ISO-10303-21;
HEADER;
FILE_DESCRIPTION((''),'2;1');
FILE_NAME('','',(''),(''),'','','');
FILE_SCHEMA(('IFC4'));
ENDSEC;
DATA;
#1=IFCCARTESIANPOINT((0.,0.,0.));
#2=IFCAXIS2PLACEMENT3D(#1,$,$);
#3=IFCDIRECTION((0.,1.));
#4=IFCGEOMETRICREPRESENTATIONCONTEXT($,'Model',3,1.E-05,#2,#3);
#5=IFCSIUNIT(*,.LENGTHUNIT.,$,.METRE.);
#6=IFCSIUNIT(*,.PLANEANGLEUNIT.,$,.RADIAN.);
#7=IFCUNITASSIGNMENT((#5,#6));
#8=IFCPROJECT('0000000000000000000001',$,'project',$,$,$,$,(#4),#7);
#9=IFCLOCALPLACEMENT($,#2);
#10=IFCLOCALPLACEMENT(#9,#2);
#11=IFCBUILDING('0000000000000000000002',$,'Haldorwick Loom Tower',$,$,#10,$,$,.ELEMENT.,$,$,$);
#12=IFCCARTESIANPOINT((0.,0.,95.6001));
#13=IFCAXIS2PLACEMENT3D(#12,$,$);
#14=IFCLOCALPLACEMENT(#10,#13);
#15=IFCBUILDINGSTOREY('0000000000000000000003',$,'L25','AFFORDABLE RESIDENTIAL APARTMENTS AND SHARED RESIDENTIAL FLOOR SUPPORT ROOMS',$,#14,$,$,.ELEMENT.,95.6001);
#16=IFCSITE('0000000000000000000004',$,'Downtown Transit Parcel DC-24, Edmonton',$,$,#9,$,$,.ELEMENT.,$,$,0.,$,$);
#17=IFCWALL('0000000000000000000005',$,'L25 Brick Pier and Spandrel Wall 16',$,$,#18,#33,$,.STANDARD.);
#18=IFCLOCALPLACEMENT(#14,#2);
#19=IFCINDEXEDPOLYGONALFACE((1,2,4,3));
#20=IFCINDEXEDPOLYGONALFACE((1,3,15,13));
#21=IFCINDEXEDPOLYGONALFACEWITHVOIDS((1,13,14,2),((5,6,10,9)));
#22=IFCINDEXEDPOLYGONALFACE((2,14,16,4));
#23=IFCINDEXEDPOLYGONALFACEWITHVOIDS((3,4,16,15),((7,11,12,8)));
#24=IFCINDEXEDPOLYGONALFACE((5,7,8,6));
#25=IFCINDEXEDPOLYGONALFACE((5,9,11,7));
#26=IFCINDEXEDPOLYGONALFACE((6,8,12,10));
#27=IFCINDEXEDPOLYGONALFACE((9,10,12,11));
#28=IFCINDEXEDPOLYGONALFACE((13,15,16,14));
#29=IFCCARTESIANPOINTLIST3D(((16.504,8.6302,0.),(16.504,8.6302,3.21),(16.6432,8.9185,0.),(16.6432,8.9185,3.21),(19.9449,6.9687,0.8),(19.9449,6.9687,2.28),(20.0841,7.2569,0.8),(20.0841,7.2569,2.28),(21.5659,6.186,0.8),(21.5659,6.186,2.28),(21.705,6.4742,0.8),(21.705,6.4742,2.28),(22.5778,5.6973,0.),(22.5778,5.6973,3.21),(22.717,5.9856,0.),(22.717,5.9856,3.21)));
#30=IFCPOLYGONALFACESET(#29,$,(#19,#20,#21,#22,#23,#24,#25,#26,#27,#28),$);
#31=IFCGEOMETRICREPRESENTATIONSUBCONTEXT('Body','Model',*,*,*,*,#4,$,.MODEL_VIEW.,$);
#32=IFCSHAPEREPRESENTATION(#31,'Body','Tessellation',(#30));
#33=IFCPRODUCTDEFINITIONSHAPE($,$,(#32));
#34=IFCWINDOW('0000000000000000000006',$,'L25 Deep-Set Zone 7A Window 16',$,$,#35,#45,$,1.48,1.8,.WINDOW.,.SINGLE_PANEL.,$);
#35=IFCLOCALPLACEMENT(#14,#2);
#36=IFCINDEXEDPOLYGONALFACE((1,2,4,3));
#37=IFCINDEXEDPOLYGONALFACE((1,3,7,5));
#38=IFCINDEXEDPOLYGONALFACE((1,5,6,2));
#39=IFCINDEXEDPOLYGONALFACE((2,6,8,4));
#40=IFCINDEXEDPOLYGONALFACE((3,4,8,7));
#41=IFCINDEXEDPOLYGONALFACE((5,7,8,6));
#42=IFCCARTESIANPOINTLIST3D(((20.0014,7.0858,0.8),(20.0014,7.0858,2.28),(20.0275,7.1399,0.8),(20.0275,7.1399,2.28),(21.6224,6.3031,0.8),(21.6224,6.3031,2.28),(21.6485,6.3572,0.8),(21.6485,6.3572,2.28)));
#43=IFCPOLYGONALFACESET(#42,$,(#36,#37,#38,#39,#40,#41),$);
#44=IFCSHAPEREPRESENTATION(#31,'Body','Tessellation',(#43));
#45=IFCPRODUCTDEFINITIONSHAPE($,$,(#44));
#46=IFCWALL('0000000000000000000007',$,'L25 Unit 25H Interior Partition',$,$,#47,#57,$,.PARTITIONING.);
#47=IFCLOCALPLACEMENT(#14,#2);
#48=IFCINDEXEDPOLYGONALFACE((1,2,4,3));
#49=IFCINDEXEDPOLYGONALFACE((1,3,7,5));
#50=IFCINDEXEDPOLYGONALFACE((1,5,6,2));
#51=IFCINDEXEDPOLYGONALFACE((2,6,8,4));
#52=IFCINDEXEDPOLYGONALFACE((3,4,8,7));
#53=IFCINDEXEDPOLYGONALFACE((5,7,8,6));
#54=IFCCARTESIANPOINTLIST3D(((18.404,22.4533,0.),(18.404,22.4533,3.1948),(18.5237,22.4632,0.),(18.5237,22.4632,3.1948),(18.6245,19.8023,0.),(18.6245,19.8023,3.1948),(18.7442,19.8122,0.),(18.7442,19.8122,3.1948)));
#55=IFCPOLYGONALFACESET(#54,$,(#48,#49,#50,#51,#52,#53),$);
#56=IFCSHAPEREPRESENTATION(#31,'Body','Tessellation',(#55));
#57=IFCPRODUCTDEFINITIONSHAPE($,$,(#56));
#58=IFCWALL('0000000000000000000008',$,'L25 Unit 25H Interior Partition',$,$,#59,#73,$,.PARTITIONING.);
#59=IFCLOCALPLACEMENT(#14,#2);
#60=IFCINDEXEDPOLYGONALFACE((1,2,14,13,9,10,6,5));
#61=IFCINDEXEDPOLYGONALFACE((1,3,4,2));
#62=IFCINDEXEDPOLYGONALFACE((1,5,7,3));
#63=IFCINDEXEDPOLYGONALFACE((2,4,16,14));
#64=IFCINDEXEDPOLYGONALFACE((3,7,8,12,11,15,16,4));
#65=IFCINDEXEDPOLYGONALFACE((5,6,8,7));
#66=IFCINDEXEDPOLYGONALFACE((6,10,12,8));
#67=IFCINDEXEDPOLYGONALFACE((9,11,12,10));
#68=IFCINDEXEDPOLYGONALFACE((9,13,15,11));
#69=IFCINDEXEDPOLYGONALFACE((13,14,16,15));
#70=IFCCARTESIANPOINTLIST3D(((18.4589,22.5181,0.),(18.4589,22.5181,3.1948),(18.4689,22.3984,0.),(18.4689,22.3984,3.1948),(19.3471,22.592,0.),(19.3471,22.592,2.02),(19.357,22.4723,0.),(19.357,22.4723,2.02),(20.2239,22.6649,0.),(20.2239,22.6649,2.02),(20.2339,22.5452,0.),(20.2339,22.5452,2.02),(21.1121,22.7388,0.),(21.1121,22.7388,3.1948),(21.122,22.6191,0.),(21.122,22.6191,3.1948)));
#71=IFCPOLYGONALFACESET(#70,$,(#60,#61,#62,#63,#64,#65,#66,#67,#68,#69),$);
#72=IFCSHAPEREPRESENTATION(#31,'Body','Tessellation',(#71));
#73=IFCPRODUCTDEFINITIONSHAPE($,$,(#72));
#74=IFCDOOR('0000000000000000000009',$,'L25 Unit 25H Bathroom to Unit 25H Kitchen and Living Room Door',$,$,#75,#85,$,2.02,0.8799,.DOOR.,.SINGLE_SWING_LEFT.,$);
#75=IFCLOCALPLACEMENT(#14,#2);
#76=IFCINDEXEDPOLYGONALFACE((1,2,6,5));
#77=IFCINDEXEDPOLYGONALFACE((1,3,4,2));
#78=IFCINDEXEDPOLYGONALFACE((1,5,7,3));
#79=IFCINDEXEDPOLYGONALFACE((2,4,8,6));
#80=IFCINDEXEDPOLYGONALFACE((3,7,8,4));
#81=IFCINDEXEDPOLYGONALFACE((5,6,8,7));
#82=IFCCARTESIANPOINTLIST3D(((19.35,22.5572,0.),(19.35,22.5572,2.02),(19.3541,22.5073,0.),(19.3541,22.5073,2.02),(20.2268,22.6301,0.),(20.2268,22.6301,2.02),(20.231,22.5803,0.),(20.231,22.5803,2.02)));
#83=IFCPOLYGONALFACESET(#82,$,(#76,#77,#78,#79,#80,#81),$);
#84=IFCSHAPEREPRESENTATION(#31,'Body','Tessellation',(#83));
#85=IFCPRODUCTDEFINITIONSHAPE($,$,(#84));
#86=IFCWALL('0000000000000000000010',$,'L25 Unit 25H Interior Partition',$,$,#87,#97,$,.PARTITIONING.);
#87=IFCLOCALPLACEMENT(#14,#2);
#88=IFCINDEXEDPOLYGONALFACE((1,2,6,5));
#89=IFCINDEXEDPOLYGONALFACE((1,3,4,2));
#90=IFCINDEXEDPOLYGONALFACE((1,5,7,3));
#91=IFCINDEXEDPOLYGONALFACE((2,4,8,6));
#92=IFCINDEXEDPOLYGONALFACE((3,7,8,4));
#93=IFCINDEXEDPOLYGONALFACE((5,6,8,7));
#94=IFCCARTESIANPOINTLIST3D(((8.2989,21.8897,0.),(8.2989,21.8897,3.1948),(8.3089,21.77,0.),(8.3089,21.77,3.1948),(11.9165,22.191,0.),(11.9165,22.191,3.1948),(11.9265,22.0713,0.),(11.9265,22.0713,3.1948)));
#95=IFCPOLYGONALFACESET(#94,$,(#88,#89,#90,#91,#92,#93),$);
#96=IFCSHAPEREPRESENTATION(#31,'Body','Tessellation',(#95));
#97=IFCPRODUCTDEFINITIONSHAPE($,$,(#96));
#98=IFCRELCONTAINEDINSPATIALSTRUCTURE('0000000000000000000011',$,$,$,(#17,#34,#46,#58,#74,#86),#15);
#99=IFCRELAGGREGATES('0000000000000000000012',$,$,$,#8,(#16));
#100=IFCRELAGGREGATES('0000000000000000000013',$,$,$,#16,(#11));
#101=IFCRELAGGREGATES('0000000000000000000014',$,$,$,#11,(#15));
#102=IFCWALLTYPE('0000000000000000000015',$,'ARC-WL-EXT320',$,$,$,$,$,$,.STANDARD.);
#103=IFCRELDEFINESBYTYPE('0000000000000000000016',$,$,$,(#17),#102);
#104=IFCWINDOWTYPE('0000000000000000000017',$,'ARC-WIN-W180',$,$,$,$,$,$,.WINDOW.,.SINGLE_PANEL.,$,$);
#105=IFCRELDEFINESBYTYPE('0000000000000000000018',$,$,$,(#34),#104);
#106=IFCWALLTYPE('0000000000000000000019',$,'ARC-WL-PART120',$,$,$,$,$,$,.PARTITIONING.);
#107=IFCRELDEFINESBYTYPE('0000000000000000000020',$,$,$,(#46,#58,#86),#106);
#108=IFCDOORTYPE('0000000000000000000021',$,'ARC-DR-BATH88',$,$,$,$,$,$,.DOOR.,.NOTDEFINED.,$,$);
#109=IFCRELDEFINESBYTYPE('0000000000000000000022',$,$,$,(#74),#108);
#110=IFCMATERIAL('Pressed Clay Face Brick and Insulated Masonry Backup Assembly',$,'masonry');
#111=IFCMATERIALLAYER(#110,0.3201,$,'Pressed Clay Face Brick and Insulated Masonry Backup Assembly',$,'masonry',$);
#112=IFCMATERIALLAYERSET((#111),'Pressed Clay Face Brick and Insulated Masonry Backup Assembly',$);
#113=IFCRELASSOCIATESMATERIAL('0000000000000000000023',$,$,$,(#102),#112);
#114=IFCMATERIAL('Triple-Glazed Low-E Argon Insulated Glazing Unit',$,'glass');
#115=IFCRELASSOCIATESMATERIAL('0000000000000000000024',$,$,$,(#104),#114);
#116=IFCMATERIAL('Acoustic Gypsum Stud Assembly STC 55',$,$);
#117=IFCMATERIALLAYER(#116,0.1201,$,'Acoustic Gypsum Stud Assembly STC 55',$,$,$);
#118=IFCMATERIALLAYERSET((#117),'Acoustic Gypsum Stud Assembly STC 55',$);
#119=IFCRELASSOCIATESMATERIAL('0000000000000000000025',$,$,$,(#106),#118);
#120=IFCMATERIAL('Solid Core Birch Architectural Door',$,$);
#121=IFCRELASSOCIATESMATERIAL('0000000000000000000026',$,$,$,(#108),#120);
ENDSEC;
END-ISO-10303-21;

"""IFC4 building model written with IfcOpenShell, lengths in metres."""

from ifc_helpers import new_model, si_unit, direction, frame, frame_2d, origin, place, context, subcontext, project, spatial, rectangle, extrude, material, layer, layer_set, type_object, element, fill, save


model = new_model("IFC4")

# Units and contexts
model_context = context("Model", 3, precision=1e-05, world=origin(), true_north=direction((0.0, 1.0)))
body_context = subcontext(model_context, "Body", "Model", "MODEL_VIEW")
ifc_project = project(units=[si_unit("LENGTHUNIT", "METRE"), si_unit("PLANEANGLEUNIT", "RADIAN")], contexts=[model_context])

# Site, building, storey
site_placement = place(None, origin())
site = spatial("IfcSite", under=ifc_project, at=site_placement, Name="Downtown Transit Parcel DC-24, Edmonton", CompositionType="ELEMENT", RefElevation=0.0)
building_placement = place(site_placement, origin())
building = spatial("IfcBuilding", under=site, at=building_placement, Name="Haldorwick Loom Tower", CompositionType="ELEMENT")
storey_placement = place(building_placement, frame((0.0, 0.0, 95.6001)))
storey = spatial("IfcBuildingStorey", under=building, at=storey_placement, Name="L25", Description="AFFORDABLE RESIDENTIAL APARTMENTS AND SHARED RESIDENTIAL FLOOR SUPPORT ROOMS", CompositionType="ELEMENT", Elevation=95.6001)

# Shared definitions
ifc_material_1 = material(Name="Pressed Clay Face Brick and Insulated Masonry Backup Assembly", Category="masonry")
ifc_layer_1 = layer(ifc_material_1, 0.3201, Name="Pressed Clay Face Brick and Insulated Masonry Backup Assembly", Category="masonry")
ifc_layer_set_1 = layer_set([ifc_layer_1], Name="Pressed Clay Face Brick and Insulated Masonry Backup Assembly")
wall_type_1 = type_object("IfcWallType", Name="ARC-WL-EXT320", PredefinedType="STANDARD", material=ifc_layer_set_1)

# Wall, opening, window
wall_1_placement = place(storey_placement, frame((16.5735, 8.7744, 0.0), z_axis=(0.0, 0.0, 1.0), x_axis=(0.90051, -0.434835, 0.0)))
wall_1 = element("IfcWall", 1, at=wall_1_placement, inside=storey, type_object=wall_type_1, Name="L25 Brick Pier and Spandrel Wall 16", PredefinedType="STANDARD", context=body_context, shape_type="SweptSolid", body=[
    extrude(rectangle(XDim=6.7449, YDim=0.3201, at=frame_2d((3.3726, 0.0))), origin(), (0.0, 0.0, 1.0), 3.21),
])
opening_1_placement = place(wall_1_placement, frame((3.8213, 0.0, 0.8)))
opening_1 = element("IfcOpeningElement", 2, at=opening_1_placement, cuts=wall_1, PredefinedType="OPENING", context=body_context, shape_type="SweptSolid", body=[
    extrude(rectangle(XDim=1.8, YDim=1.48, at=frame_2d((0.8999, 0.74))), frame((0.0, 0.1699, 0.0), z_axis=(0.0, -1.0, 0.0), x_axis=(1.0, 0.0, 0.0)), (0.0, 0.0, 1.0), 0.3401),
])
ifc_material_2 = material(Name="Triple-Glazed Low-E Argon Insulated Glazing Unit", Category="glass")
window_type = type_object("IfcWindowType", Name="ARC-WIN-W180", PartitioningType="SINGLE_PANEL", PredefinedType="WINDOW", material=ifc_material_2)
window_placement = place(opening_1_placement, origin())
window = element("IfcWindow", 3, at=window_placement, inside=storey, type_object=window_type, Name="L25 Deep-Set Zone 7A Window 16", OverallHeight=1.48, OverallWidth=1.8, PartitioningType="SINGLE_PANEL", PredefinedType="WINDOW", context=body_context, shape_type="SweptSolid", body=[
    extrude(rectangle(XDim=1.8, YDim=1.48, at=frame_2d((0.8999, 0.74))), frame((0.0, 0.03, 0.0), z_axis=(0.0, -1.0, 0.0), x_axis=(1.0, 0.0, 0.0)), (0.0, 0.0, 1.0), 0.0601),
])
fill(opening_1, window)

# Wall
ifc_material_3 = material(Name="Acoustic Gypsum Stud Assembly STC 55")
ifc_layer_2 = layer(ifc_material_3, 0.1201, Name="Acoustic Gypsum Stud Assembly STC 55")
ifc_layer_set_2 = layer_set([ifc_layer_2], Name="Acoustic Gypsum Stud Assembly STC 55")
wall_type_2 = type_object("IfcWallType", Name="ARC-WL-PART120", PredefinedType="PARTITIONING", material=ifc_layer_set_2)
wall_2_placement = place(storey_placement, frame((18.4639, 22.4583, 0.0), z_axis=(0.0, 0.0, 1.0), x_axis=(0.082871, -0.99656, 0.0)))
element("IfcWall", 4, at=wall_2_placement, inside=storey, type_object=wall_type_2, Name="L25 Unit 25H Interior Partition", PredefinedType="PARTITIONING", context=body_context, shape_type="SweptSolid", body=[
    extrude(rectangle(XDim=2.6602, YDim=0.1201, at=frame_2d((1.3301, 0.0))), origin(), (0.0, 0.0, 1.0), 3.1948),
])

# Wall, opening, door
wall_3_placement = place(storey_placement, frame((21.1169, 22.679, 0.0), z_axis=(0.0, 0.0, 1.0), x_axis=(-0.996558, -0.082901, 0.0)))
wall_3 = element("IfcWall", 5, at=wall_3_placement, inside=storey, type_object=wall_type_2, Name="L25 Unit 25H Interior Partition", PredefinedType="PARTITIONING", context=body_context, shape_type="SweptSolid", body=[
    extrude(rectangle(XDim=2.6624, YDim=0.1201, at=frame_2d((1.3311, 0.0))), origin(), (0.0, 0.0, 1.0), 3.1948),
])
opening_2_placement = place(wall_3_placement, frame((0.8911, 0.0, 0.0)))
opening_2 = element("IfcOpeningElement", 6, at=opening_2_placement, cuts=wall_3, PredefinedType="OPENING", context=body_context, shape_type="SweptSolid", body=[
    extrude(rectangle(XDim=0.8799, YDim=2.02, at=frame_2d((0.4399, 1.01))), frame((0.0, 0.0701, 0.0), z_axis=(0.0, -1.0, 0.0), x_axis=(1.0, 0.0, 0.0)), (0.0, 0.0, 1.0), 0.1401),
])
ifc_material_4 = material(Name="Solid Core Birch Architectural Door")
door_type_1 = type_object("IfcDoorType", Name="ARC-DR-BATH88", OperationType="NOTDEFINED", PredefinedType="DOOR", material=ifc_material_4)
door_1_placement = place(opening_2_placement, origin())
door_1 = element("IfcDoor", 7, at=door_1_placement, inside=storey, type_object=door_type_1, Name="L25 Unit 25H Bathroom to Unit 25H Kitchen and Living Room Door", OperationType="SINGLE_SWING_LEFT", OverallHeight=2.02, OverallWidth=0.8799, PredefinedType="DOOR", context=body_context, shape_type="SweptSolid", body=[
    extrude(rectangle(XDim=0.8799, YDim=2.02, at=frame_2d((0.4399, 1.01))), frame((0.0, 0.0249, 0.0), z_axis=(0.0, -1.0, 0.0), x_axis=(1.0, 0.0, 0.0)), (0.0, 0.0, 1.0), 0.05),
])
fill(opening_2, door_1)

# Wall
wall_4_placement = place(storey_placement, frame((11.9214, 22.1311, 0.0), z_axis=(0.0, 0.0, 1.0), x_axis=(-0.99655, -0.08299, 0.0)))
element("IfcWall", 8, at=wall_4_placement, inside=storey, type_object=wall_type_2, Name="L25 Unit 25H Interior Partition", PredefinedType="PARTITIONING", context=body_context, shape_type="SweptSolid", body=[
    extrude(rectangle(XDim=3.6301, YDim=0.1201, at=frame_2d((1.8149, 0.0))), origin(), (0.0, 0.0, 1.0), 3.1948),
])

save(model, "model.ifc")
